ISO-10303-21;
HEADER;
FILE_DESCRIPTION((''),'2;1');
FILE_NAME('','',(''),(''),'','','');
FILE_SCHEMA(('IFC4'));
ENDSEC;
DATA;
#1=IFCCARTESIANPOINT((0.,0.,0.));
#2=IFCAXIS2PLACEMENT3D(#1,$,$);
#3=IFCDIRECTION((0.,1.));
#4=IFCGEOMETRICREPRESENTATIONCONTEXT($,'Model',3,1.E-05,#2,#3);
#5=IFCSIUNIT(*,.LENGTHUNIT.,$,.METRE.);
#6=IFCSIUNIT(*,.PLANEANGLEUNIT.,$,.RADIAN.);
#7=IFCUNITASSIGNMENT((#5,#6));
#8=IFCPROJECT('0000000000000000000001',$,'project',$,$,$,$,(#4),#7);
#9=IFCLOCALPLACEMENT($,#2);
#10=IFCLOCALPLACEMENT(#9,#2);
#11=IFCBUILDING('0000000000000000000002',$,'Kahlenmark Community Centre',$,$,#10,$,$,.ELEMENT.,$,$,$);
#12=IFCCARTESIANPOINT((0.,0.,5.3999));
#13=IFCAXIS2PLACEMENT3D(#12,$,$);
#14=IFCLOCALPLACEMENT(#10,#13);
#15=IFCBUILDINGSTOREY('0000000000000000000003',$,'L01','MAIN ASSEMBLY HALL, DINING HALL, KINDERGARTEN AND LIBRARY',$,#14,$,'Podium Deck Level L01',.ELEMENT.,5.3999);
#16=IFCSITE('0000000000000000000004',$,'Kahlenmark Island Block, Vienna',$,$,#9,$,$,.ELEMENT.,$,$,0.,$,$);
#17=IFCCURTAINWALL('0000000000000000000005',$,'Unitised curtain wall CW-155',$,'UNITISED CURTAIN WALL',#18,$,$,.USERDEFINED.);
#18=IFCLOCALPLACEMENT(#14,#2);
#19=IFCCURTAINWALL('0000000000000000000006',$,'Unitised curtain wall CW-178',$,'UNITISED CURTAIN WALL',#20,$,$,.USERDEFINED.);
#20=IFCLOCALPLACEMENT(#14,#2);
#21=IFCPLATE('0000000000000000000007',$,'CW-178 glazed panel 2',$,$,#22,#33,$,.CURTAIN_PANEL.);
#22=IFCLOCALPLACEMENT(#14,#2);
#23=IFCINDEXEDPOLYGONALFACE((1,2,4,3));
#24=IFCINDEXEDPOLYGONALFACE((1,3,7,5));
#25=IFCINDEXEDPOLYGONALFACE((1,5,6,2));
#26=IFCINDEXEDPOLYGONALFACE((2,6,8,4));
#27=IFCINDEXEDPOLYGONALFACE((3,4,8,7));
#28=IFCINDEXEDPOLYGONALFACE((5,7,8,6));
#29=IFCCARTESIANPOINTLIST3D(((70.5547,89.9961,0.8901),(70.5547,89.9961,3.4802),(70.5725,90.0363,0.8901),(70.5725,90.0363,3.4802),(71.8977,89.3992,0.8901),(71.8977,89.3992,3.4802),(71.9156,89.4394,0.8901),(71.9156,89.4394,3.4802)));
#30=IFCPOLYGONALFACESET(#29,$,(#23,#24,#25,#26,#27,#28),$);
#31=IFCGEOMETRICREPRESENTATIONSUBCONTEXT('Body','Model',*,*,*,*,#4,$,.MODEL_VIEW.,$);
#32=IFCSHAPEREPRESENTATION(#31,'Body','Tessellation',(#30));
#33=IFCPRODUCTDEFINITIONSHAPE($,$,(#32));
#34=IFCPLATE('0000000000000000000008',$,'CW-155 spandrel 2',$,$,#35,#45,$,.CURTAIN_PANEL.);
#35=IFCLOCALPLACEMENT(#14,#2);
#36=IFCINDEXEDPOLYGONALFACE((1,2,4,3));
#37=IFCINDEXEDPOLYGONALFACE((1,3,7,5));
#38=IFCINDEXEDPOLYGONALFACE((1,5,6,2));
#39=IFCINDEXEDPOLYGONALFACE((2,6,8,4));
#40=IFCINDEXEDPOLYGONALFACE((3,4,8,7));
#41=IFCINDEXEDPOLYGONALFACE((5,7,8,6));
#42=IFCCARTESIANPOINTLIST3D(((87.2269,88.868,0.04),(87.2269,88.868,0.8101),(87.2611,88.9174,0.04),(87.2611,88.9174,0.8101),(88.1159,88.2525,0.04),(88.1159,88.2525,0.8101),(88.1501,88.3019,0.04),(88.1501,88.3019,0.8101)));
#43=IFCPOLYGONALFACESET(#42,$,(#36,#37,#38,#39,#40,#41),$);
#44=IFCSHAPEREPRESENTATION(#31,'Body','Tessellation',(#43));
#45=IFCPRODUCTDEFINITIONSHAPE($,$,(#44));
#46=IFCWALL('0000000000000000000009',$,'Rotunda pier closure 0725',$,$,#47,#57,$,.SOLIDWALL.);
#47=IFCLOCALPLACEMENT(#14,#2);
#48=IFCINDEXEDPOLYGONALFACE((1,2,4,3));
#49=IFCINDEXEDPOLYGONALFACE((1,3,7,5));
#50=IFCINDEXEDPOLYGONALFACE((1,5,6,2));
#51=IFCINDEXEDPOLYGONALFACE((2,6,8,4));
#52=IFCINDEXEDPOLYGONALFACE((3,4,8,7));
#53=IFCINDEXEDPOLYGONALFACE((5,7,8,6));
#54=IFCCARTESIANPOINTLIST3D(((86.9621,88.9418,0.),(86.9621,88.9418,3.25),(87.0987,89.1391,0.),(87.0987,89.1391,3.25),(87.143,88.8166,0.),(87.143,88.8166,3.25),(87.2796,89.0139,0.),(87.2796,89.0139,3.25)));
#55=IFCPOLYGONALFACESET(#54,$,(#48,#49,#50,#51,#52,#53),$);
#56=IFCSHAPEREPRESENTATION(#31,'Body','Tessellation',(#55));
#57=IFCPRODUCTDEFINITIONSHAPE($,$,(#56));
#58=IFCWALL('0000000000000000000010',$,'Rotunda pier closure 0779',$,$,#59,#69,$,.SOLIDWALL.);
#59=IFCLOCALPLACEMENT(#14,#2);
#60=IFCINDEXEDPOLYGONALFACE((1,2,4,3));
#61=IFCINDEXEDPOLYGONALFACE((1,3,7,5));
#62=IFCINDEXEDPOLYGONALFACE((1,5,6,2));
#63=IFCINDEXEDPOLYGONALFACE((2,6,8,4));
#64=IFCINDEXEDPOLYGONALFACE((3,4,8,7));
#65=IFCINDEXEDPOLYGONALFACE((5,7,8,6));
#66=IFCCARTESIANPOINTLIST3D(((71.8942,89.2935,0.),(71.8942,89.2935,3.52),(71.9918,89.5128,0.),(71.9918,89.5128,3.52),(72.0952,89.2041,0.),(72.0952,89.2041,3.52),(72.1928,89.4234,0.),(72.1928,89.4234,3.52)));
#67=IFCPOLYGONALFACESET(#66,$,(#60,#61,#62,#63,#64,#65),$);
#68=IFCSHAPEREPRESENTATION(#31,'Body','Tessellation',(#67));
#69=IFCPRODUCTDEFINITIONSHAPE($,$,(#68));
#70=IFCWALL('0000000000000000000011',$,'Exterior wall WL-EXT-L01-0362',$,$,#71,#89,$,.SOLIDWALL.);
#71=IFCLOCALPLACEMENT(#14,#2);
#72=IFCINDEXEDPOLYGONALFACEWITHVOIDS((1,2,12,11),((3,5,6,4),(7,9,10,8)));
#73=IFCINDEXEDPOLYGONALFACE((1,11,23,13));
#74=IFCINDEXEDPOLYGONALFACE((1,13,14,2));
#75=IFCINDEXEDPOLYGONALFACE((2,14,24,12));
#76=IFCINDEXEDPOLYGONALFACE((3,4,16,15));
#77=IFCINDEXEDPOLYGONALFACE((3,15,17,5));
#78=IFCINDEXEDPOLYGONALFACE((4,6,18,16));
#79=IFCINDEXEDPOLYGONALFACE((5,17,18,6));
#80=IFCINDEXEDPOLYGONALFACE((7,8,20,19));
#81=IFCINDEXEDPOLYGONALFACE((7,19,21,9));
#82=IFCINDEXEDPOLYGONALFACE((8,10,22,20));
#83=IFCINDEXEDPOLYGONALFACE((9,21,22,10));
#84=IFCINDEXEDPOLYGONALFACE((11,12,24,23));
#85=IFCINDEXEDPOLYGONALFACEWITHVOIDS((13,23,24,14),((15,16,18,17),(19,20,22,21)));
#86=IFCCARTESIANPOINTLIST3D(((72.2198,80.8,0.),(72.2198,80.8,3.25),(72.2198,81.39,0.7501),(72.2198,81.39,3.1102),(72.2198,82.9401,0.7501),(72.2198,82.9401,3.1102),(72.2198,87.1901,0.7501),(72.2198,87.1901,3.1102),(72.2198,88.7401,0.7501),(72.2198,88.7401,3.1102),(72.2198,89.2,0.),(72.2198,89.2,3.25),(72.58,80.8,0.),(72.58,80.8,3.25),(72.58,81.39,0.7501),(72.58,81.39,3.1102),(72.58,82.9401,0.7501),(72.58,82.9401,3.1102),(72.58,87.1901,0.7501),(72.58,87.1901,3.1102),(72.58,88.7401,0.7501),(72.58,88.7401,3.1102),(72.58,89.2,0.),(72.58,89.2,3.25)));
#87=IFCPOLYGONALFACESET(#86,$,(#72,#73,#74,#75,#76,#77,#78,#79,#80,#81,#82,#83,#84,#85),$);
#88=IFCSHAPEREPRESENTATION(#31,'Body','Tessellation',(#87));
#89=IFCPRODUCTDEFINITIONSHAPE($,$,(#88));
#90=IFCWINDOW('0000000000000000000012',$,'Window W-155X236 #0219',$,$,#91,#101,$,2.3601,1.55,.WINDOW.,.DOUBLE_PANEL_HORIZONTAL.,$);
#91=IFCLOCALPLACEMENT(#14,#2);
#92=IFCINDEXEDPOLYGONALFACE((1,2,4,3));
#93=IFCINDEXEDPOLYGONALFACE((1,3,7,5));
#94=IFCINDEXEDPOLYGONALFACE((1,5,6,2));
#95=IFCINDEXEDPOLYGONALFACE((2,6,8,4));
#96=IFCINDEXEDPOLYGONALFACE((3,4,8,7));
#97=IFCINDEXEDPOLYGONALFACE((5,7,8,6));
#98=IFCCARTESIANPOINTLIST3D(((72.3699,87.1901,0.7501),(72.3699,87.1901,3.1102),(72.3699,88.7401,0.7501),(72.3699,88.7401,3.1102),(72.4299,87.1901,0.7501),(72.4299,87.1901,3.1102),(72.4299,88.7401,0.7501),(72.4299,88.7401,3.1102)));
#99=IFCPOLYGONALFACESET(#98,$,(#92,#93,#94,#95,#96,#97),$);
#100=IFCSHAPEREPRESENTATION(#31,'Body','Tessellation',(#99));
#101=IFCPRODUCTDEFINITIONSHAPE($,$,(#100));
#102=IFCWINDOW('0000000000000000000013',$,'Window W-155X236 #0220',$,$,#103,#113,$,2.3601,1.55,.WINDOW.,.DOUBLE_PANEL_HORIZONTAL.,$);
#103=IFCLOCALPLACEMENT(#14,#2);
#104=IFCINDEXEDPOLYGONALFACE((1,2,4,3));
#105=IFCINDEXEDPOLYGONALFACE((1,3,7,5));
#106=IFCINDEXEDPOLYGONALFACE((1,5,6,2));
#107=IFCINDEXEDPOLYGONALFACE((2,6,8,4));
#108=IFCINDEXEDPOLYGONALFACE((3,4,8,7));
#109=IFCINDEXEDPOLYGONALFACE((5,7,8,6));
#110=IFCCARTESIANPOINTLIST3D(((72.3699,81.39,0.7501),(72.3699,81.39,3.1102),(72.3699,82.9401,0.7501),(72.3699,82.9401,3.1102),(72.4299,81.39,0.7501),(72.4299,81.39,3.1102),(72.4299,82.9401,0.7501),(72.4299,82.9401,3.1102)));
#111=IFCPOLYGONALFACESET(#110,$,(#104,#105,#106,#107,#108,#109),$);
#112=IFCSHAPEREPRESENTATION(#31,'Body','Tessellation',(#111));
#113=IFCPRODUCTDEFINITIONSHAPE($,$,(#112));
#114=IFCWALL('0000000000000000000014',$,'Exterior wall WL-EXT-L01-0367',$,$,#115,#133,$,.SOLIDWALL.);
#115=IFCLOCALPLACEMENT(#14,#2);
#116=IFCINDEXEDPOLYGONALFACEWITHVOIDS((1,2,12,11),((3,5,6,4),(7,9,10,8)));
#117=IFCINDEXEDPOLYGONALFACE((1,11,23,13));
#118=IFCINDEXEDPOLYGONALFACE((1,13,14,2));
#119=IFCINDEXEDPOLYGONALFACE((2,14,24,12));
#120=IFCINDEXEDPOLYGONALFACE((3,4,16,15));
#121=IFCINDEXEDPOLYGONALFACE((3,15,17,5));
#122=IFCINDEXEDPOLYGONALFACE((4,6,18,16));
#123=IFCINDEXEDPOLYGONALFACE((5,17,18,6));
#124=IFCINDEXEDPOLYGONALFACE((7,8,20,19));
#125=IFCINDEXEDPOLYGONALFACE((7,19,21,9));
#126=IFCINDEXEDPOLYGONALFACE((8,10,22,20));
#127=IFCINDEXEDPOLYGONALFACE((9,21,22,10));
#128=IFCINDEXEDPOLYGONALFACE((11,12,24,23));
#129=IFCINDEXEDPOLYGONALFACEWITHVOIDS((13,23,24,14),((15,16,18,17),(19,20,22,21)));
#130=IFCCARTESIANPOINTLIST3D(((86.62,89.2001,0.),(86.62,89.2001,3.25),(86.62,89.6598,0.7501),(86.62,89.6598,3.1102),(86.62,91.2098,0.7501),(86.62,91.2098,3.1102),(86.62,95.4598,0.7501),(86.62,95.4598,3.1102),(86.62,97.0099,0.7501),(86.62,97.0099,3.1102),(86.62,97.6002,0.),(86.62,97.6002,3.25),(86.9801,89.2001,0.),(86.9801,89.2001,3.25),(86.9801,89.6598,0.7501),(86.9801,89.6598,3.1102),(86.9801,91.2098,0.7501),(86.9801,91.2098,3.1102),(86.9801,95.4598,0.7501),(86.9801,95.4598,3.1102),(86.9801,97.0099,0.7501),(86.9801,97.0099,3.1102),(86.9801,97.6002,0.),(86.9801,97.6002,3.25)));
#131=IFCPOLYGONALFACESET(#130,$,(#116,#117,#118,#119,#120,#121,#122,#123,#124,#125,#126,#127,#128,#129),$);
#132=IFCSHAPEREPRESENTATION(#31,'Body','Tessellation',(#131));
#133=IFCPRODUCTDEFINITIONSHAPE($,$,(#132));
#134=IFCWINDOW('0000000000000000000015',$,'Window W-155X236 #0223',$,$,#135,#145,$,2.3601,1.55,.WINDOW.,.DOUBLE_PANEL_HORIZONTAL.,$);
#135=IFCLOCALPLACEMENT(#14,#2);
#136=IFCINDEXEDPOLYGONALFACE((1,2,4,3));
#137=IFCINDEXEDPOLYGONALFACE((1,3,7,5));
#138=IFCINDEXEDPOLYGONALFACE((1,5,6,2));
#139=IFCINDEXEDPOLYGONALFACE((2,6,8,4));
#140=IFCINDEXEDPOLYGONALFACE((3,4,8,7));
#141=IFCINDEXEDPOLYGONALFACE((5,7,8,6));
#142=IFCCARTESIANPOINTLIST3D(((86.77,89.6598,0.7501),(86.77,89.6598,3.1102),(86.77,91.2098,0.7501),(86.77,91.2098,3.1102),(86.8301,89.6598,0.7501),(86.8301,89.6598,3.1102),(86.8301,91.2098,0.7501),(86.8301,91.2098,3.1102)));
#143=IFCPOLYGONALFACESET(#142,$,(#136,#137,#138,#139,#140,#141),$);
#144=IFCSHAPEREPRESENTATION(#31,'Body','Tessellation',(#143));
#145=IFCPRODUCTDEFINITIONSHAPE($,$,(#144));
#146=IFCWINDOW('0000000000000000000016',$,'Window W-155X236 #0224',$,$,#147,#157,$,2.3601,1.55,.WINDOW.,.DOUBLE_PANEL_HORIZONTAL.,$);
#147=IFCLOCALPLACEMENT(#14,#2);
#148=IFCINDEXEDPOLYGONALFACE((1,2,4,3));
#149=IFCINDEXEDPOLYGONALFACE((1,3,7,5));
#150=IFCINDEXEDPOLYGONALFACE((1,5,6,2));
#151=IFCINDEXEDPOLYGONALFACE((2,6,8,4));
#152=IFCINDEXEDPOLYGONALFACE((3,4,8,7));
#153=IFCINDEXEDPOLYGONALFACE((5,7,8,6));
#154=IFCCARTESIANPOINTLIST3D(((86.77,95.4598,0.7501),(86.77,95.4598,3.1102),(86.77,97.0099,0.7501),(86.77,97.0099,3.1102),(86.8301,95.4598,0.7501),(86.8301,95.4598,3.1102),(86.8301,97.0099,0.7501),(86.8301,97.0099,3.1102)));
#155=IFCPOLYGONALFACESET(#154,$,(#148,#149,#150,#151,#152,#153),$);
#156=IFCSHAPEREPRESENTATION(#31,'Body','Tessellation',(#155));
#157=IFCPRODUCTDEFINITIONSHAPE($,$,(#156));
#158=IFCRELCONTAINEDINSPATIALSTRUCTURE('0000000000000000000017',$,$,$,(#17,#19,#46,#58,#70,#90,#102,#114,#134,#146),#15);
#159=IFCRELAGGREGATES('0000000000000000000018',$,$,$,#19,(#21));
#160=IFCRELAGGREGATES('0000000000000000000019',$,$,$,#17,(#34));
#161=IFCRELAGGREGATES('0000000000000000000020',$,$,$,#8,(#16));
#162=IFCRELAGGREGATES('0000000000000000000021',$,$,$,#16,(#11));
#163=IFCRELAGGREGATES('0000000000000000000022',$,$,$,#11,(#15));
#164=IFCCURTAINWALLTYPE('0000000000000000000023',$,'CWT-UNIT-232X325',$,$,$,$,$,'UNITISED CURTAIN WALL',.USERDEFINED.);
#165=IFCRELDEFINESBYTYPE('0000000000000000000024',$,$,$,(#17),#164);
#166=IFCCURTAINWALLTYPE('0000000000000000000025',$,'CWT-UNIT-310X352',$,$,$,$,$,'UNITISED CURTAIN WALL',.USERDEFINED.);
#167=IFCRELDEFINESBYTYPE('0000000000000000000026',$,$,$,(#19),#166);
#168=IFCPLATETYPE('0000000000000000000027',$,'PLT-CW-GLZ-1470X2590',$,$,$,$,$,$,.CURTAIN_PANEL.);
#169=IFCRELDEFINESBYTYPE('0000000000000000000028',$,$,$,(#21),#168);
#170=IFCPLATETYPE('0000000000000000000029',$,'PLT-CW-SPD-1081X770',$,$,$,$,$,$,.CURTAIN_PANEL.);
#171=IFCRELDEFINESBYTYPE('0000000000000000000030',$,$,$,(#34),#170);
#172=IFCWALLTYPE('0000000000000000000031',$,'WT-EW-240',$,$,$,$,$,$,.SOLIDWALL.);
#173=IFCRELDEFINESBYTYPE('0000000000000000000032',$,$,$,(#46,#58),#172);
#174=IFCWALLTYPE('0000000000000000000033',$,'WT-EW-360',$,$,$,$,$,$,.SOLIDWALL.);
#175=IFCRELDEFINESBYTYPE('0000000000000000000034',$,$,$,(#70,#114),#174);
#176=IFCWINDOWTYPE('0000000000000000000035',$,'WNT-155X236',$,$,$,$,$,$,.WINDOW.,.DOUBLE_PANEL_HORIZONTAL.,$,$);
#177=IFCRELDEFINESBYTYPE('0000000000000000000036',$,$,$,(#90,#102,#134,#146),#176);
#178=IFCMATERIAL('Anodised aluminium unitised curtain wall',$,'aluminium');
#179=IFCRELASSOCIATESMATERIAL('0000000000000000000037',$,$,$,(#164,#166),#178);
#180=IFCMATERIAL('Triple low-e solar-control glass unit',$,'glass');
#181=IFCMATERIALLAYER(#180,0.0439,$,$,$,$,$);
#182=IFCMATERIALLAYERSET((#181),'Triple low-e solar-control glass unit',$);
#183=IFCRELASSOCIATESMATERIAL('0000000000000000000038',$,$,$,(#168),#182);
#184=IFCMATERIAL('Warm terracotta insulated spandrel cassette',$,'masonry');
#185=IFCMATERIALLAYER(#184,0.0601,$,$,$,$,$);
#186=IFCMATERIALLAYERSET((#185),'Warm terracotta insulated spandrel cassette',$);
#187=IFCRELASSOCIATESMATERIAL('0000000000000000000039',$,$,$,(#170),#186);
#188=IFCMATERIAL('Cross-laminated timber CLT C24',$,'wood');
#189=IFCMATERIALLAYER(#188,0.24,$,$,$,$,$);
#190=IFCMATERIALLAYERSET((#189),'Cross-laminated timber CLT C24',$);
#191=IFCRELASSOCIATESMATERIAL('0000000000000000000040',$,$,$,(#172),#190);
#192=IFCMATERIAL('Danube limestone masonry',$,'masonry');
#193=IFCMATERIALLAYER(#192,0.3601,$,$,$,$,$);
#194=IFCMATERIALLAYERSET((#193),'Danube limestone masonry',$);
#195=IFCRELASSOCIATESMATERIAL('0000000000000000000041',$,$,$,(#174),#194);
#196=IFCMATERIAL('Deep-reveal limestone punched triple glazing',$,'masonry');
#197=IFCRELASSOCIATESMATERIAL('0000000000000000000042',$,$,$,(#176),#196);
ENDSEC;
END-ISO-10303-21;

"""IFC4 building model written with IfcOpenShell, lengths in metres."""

from ifc_helpers import new_model, si_unit, direction, frame, frame_2d, origin, origin_2d, place, context, subcontext, project, spatial, rectangle, extrude, material, layer, layer_set, type_object, element, fill, aggregate, save


model = new_model("IFC4")

# Units and contexts
model_context = context("Model", 3, precision=1e-05, world=origin(), true_north=direction((0.0, 1.0)))
body_context = subcontext(model_context, "Body", "Model", "MODEL_VIEW")
ifc_project = project(units=[si_unit("LENGTHUNIT", "METRE"), si_unit("PLANEANGLEUNIT", "RADIAN")], contexts=[model_context])

# Site, building, storey
site_placement = place(None, origin())
site = spatial("IfcSite", under=ifc_project, at=site_placement, Name="Kahlenmark Island Block, Vienna", CompositionType="ELEMENT", RefElevation=0.0)
building_placement = place(site_placement, origin())
building = spatial("IfcBuilding", under=site, at=building_placement, Name="Kahlenmark Community Centre", CompositionType="ELEMENT")
storey_placement = place(building_placement, frame((0.0, 0.0, 5.3999)))
storey = spatial("IfcBuildingStorey", under=building, at=storey_placement, Name="L01", Description="MAIN ASSEMBLY HALL, DINING HALL, KINDERGARTEN AND LIBRARY", LongName="Podium Deck Level L01", CompositionType="ELEMENT", Elevation=5.3999)

# Curtain wall
ifc_material_1 = material(Name="Anodised aluminium unitised curtain wall", Category="aluminium")
curtain_wall_type_1 = type_object("IfcCurtainWallType", Name="CWT-UNIT-232X325", ElementType="UNITISED CURTAIN WALL", PredefinedType="USERDEFINED", material=ifc_material_1)
curtain_wall_1_placement = place(storey_placement, origin())
curtain_wall_1 = element("IfcCurtainWall", 1, at=curtain_wall_1_placement, inside=storey, type_object=curtain_wall_type_1, Name="Unitised curtain wall CW-155", ObjectType="UNITISED CURTAIN WALL", PredefinedType="USERDEFINED")

# Curtain wall, plate
curtain_wall_type_2 = type_object("IfcCurtainWallType", Name="CWT-UNIT-310X352", ElementType="UNITISED CURTAIN WALL", PredefinedType="USERDEFINED", material=ifc_material_1)
curtain_wall_2_placement = place(storey_placement, origin())
curtain_wall_2 = element("IfcCurtainWall", 2, at=curtain_wall_2_placement, inside=storey, type_object=curtain_wall_type_2, Name="Unitised curtain wall CW-178", ObjectType="UNITISED CURTAIN WALL", PredefinedType="USERDEFINED")
ifc_material_2 = material(Name="Triple low-e solar-control glass unit", Category="glass")
ifc_layer_1 = layer(ifc_material_2, 0.0439)
ifc_layer_set_1 = layer_set([ifc_layer_1], Name="Triple low-e solar-control glass unit")
plate_type_1 = type_object("IfcPlateType", Name="PLT-CW-GLZ-1470X2590", PredefinedType="CURTAIN_PANEL", material=ifc_layer_set_1)
plate_1_placement = place(storey_placement, frame((71.2351, 89.7178, 0.8901), z_axis=(0.0, 0.0, 1.0), x_axis=(0.913817, -0.406126, 0.0)))
plate_1 = element("IfcPlate", 3, at=plate_1_placement, type_object=plate_type_1, Name="CW-178 glazed panel 2", PredefinedType="CURTAIN_PANEL", context=body_context, shape_type="SweptSolid", body=[
    extrude(rectangle(XDim=1.4697, YDim=0.0439, at=origin_2d()), origin(), (0.0, 0.0, 1.0), 2.5901),
])
aggregate(curtain_wall_2, [plate_1])

# Plate
ifc_material_3 = material(Name="Warm terracotta insulated spandrel cassette", Category="masonry")
ifc_layer_2 = layer(ifc_material_3, 0.0601)
ifc_layer_set_2 = layer_set([ifc_layer_2], Name="Warm terracotta insulated spandrel cassette")
plate_type_2 = type_object("IfcPlateType", Name="PLT-CW-SPD-1081X770", PredefinedType="CURTAIN_PANEL", material=ifc_layer_set_2)
plate_2_placement = place(storey_placement, frame((87.6885, 88.585, 0.04), z_axis=(0.0, 0.0, 1.0), x_axis=(-0.822191, 0.569212, 0.0)))
plate_2 = element("IfcPlate", 4, at=plate_2_placement, type_object=plate_type_2, Name="CW-155 spandrel 2", PredefinedType="CURTAIN_PANEL", context=body_context, shape_type="SweptSolid", body=[
    extrude(rectangle(XDim=1.0813, YDim=0.0601, at=origin_2d()), origin(), (0.0, 0.0, 1.0), 0.77),
])
aggregate(curtain_wall_1, [plate_2])

# Walls
ifc_material_4 = material(Name="Cross-laminated timber CLT C24", Category="wood")
ifc_layer_3 = layer(ifc_material_4, 0.24)
ifc_layer_set_3 = layer_set([ifc_layer_3], Name="Cross-laminated timber CLT C24")
wall_type_1 = type_object("IfcWallType", Name="WT-EW-240", PredefinedType="SOLIDWALL", material=ifc_layer_set_3)
wall_1_placement = place(storey_placement, frame((87.2112, 88.9153, 0.0), z_axis=(0.0, 0.0, 1.0), x_axis=(-0.822192, 0.56921, 0.0)))
element("IfcWall", 5, at=wall_1_placement, inside=storey, type_object=wall_type_1, Name="Rotunda pier closure 0725", PredefinedType="SOLIDWALL", context=body_context, shape_type="SweptSolid", body=[
    extrude(rectangle(XDim=0.22, YDim=0.24, at=frame_2d((0.1099, 0.0))), origin(), (0.0, 0.0, 1.0), 3.25),
])
wall_2_placement = place(storey_placement, frame((71.9431, 89.4031, 0.0), z_axis=(0.0, 0.0, 1.0), x_axis=(0.91372, -0.406344, 0.0)))
element("IfcWall", 6, at=wall_2_placement, inside=storey, type_object=wall_type_1, Name="Rotunda pier closure 0779", PredefinedType="SOLIDWALL", context=body_context, shape_type="SweptSolid", body=[
    extrude(rectangle(XDim=0.22, YDim=0.24, at=frame_2d((0.1099, 0.0))), origin(), (0.0, 0.0, 1.0), 3.52),
])

# Walls, openings, windows
ifc_material_5 = material(Name="Danube limestone masonry", Category="masonry")
ifc_layer_4 = layer(ifc_material_5, 0.3601)
ifc_layer_set_4 = layer_set([ifc_layer_4], Name="Danube limestone masonry")
wall_type_2 = type_object("IfcWallType", Name="WT-EW-360", PredefinedType="SOLIDWALL", material=ifc_layer_set_4)
wall_3_placement = place(storey_placement, frame((72.3999, 89.2, 0.0), z_axis=(0.0, 0.0, 1.0), x_axis=(0.0, -1.0, 0.0)))
wall_3 = element("IfcWall", 7, at=wall_3_placement, inside=storey, type_object=wall_type_2, Name="Exterior wall WL-EXT-L01-0362", PredefinedType="SOLIDWALL", context=body_context, shape_type="SweptSolid", body=[
    extrude(rectangle(XDim=8.3999, YDim=0.3601, at=frame_2d((4.2, 0.0))), origin(), (0.0, 0.0, 1.0), 3.25),
])
opening_1_placement = place(wall_3_placement, frame((0.46, 0.0, 0.75)))
opening_1 = element("IfcOpeningElement", 8, at=opening_1_placement, cuts=wall_3, PredefinedType="OPENING", context=body_context, shape_type="SweptSolid", body=[
    extrude(rectangle(XDim=1.55, YDim=2.3601, at=frame_2d((0.7749, 1.1802))), frame((0.0, 0.1899, 0.0), z_axis=(0.0, -1.0, 0.0), x_axis=(1.0, 0.0, 0.0)), (0.0, 0.0, 1.0), 0.3801),
])
opening_2_placement = place(wall_3_placement, frame((6.26, 0.0, 0.75)))
opening_2 = element("IfcOpeningElement", 9, at=opening_2_placement, cuts=wall_3, PredefinedType="OPENING", context=body_context, shape_type="SweptSolid", body=[
    extrude(rectangle(XDim=1.55, YDim=2.3601, at=frame_2d((0.7749, 1.1802))), frame((0.0, 0.1899, 0.0), z_axis=(0.0, -1.0, 0.0), x_axis=(1.0, 0.0, 0.0)), (0.0, 0.0, 1.0), 0.3801),
])
ifc_material_6 = material(Name="Deep-reveal limestone punched triple glazing", Category="masonry")
window_type = type_object("IfcWindowType", Name="WNT-155X236", PartitioningType="DOUBLE_PANEL_HORIZONTAL", PredefinedType="WINDOW", material=ifc_material_6)
window_1_placement = place(opening_1_placement, origin())
window_1 = element("IfcWindow", 10, at=window_1_placement, inside=storey, type_object=window_type, Name="Window W-155X236 #0219", OverallHeight=2.3601, OverallWidth=1.55, PartitioningType="DOUBLE_PANEL_HORIZONTAL", PredefinedType="WINDOW", context=body_context, shape_type="SweptSolid", body=[
    extrude(rectangle(XDim=1.55, YDim=2.3601, at=frame_2d((0.7749, 1.1802))), frame((0.0, 0.03, 0.0), z_axis=(0.0, -1.0, 0.0), x_axis=(1.0, 0.0, 0.0)), (0.0, 0.0, 1.0), 0.0601),
])
fill(opening_1, window_1)
window_2_placement = place(opening_2_placement, origin())
window_2 = element("IfcWindow", 11, at=window_2_placement, inside=storey, type_object=window_type, Name="Window W-155X236 #0220", OverallHeight=2.3601, OverallWidth=1.55, PartitioningType="DOUBLE_PANEL_HORIZONTAL", PredefinedType="WINDOW", context=body_context, shape_type="SweptSolid", body=[
    extrude(rectangle(XDim=1.55, YDim=2.3601, at=frame_2d((0.7749, 1.1802))), frame((0.0, 0.03, 0.0), z_axis=(0.0, -1.0, 0.0), x_axis=(1.0, 0.0, 0.0)), (0.0, 0.0, 1.0), 0.0601),
])
fill(opening_2, window_2)
wall_4_placement = place(storey_placement, frame((86.8, 89.2, 0.0), z_axis=(0.0, 0.0, 1.0), x_axis=(0.0, 1.0, 0.0)))
wall_4 = element("IfcWall", 12, at=wall_4_placement, inside=storey, type_object=wall_type_2, Name="Exterior wall WL-EXT-L01-0367", PredefinedType="SOLIDWALL", context=body_context, shape_type="SweptSolid", body=[
    extrude(rectangle(XDim=8.4001, YDim=0.3601, at=frame_2d((4.2002, 0.0))), origin(), (0.0, 0.0, 1.0), 3.25),
])
opening_3_placement = place(wall_4_placement, frame((0.46, 0.0, 0.75)))
opening_3 = element("IfcOpeningElement", 13, at=opening_3_placement, cuts=wall_4, PredefinedType="OPENING", context=body_context, shape_type="SweptSolid", body=[
    extrude(rectangle(XDim=1.55, YDim=2.3601, at=frame_2d((0.7749, 1.1802))), frame((0.0, 0.1899, 0.0), z_axis=(0.0, -1.0, 0.0), x_axis=(1.0, 0.0, 0.0)), (0.0, 0.0, 1.0), 0.3801),
])
opening_4_placement = place(wall_4_placement, frame((6.26, 0.0, 0.75)))
opening_4 = element("IfcOpeningElement", 14, at=opening_4_placement, cuts=wall_4, PredefinedType="OPENING", context=body_context, shape_type="SweptSolid", body=[
    extrude(rectangle(XDim=1.55, YDim=2.3601, at=frame_2d((0.7749, 1.1802))), frame((0.0, 0.1899, 0.0), z_axis=(0.0, -1.0, 0.0), x_axis=(1.0, 0.0, 0.0)), (0.0, 0.0, 1.0), 0.3801),
])
window_3_placement = place(opening_3_placement, origin())
window_3 = element("IfcWindow", 15, at=window_3_placement, inside=storey, type_object=window_type, Name="Window W-155X236 #0223", OverallHeight=2.3601, OverallWidth=1.55, PartitioningType="DOUBLE_PANEL_HORIZONTAL", PredefinedType="WINDOW", context=body_context, shape_type="SweptSolid", body=[
    extrude(rectangle(XDim=1.55, YDim=2.3601, at=frame_2d((0.7749, 1.1802))), frame((0.0, 0.03, 0.0), z_axis=(0.0, -1.0, 0.0), x_axis=(1.0, 0.0, 0.0)), (0.0, 0.0, 1.0), 0.0601),
])
fill(opening_3, window_3)
window_4_placement = place(opening_4_placement, origin())
window_4 = element("IfcWindow", 16, at=window_4_placement, inside=storey, type_object=window_type, Name="Window W-155X236 #0224", OverallHeight=2.3601, OverallWidth=1.55, PartitioningType="DOUBLE_PANEL_HORIZONTAL", PredefinedType="WINDOW", context=body_context, shape_type="SweptSolid", body=[
    extrude(rectangle(XDim=1.55, YDim=2.3601, at=frame_2d((0.7749, 1.1802))), frame((0.0, 0.03, 0.0), z_axis=(0.0, -1.0, 0.0), x_axis=(1.0, 0.0, 0.0)), (0.0, 0.0, 1.0), 0.0601),
])
fill(opening_4, window_4)

save(model, "model.ifc")
